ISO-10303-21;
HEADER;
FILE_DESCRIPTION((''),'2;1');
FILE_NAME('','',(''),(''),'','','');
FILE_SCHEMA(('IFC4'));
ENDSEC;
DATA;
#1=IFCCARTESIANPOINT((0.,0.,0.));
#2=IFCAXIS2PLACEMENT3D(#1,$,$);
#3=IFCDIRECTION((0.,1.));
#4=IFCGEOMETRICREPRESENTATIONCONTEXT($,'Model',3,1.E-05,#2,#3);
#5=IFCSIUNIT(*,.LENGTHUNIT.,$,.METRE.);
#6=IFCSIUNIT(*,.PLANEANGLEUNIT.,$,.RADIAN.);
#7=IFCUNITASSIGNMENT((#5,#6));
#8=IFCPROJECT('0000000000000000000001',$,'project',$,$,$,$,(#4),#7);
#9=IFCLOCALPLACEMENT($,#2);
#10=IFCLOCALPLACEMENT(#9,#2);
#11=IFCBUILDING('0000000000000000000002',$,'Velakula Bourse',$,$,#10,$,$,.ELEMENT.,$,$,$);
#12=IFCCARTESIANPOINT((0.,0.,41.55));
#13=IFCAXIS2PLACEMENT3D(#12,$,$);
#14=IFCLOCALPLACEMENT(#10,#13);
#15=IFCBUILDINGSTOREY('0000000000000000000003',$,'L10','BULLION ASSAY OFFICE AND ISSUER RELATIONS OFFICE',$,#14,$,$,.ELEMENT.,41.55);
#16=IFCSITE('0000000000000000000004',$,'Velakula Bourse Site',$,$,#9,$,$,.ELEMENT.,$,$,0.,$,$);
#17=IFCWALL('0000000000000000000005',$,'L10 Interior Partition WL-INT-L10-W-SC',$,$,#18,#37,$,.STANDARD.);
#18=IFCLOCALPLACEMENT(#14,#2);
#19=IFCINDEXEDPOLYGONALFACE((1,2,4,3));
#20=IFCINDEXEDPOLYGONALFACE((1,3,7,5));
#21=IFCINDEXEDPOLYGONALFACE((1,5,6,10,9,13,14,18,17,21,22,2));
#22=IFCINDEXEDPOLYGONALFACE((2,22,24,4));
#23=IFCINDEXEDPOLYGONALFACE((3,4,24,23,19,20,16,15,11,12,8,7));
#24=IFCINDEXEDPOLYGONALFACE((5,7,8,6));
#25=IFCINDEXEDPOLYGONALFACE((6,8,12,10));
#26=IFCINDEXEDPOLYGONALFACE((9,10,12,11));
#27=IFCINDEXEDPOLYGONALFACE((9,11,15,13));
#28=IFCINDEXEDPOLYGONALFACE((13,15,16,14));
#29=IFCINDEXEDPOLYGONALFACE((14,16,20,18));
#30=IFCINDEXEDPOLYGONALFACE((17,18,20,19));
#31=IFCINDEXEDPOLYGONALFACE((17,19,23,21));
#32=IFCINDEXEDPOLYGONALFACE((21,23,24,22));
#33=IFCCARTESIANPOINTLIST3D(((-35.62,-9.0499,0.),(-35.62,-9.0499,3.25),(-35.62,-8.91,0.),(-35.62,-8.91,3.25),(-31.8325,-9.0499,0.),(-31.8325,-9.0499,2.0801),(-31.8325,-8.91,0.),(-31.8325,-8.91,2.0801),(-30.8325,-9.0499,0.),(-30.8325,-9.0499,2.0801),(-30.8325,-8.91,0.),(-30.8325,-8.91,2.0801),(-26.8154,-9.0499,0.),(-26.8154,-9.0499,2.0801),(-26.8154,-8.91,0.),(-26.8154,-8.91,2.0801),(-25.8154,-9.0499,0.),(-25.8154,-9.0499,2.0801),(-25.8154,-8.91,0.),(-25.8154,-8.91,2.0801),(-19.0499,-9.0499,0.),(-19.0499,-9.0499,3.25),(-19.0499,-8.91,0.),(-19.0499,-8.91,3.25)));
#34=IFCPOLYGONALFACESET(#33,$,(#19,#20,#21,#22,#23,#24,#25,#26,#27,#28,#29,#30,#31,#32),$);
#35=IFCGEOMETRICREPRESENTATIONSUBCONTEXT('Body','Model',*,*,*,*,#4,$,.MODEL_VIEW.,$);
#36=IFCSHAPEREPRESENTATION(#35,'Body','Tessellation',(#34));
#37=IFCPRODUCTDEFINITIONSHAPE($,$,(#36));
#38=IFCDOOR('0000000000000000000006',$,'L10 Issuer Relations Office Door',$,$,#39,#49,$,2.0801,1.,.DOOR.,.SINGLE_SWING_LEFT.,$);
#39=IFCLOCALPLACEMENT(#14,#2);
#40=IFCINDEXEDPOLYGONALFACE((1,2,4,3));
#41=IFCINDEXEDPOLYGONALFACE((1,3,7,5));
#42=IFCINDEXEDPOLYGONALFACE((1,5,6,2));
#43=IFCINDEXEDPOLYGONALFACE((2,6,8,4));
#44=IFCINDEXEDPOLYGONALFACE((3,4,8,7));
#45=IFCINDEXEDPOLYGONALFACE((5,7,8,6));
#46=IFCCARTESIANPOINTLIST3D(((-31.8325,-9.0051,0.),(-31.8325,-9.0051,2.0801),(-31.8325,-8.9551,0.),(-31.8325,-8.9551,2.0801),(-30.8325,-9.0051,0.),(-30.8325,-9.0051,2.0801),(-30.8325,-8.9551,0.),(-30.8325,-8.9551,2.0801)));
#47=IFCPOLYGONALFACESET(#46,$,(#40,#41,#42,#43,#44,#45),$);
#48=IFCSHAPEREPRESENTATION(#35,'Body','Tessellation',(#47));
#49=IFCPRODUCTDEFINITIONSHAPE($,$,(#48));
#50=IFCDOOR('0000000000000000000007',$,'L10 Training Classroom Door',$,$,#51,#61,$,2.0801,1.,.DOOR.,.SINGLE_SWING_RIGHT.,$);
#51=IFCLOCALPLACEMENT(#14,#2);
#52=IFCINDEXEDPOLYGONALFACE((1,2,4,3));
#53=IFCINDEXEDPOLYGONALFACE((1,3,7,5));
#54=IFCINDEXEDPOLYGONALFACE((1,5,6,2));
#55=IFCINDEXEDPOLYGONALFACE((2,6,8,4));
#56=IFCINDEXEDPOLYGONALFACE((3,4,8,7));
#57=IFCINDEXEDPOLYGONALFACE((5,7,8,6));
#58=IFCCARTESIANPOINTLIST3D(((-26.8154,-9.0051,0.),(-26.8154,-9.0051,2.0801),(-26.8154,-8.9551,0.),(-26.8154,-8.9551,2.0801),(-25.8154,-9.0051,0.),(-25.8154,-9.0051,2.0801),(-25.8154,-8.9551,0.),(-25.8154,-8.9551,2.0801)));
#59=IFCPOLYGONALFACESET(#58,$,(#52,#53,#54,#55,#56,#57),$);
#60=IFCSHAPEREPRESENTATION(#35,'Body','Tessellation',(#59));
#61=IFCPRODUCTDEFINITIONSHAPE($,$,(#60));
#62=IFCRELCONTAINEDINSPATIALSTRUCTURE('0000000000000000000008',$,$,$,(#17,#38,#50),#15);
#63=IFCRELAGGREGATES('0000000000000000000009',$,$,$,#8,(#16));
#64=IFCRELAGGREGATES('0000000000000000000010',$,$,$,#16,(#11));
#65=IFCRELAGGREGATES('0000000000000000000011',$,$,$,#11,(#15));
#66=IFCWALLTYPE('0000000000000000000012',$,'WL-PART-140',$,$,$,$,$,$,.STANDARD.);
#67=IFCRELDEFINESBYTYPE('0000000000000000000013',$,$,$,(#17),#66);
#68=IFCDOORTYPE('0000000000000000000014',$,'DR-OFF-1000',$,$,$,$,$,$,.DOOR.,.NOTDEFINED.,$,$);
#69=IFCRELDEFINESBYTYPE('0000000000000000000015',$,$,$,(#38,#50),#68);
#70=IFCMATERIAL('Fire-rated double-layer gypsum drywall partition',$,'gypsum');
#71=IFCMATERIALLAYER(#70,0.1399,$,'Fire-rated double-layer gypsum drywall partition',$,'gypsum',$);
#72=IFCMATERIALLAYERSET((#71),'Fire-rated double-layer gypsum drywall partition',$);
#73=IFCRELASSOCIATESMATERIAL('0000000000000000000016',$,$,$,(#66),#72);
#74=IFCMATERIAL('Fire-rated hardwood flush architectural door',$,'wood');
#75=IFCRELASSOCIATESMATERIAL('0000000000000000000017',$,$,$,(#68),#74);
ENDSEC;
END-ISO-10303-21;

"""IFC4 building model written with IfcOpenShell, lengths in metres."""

from ifc_helpers import new_model, si_unit, direction, frame, frame_2d, origin, place, context, subcontext, project, spatial, rectangle, extrude, material, layer, layer_set, type_object, element, fill, save


model = new_model("IFC4")

# Units and contexts
model_context = context("Model", 3, precision=1e-05, world=origin(), true_north=direction((0.0, 1.0)))
body_context = subcontext(model_context, "Body", "Model", "MODEL_VIEW")
ifc_project = project(units=[si_unit("LENGTHUNIT", "METRE"), si_unit("PLANEANGLEUNIT", "RADIAN")], contexts=[model_context])

# Site, building, storey
site_placement = place(None, origin())
site = spatial("IfcSite", under=ifc_project, at=site_placement, Name="Velakula Bourse Site", CompositionType="ELEMENT", RefElevation=0.0)
building_placement = place(site_placement, origin())
building = spatial("IfcBuilding", under=site, at=building_placement, Name="Velakula Bourse", CompositionType="ELEMENT")
storey_placement = place(building_placement, frame((0.0, 0.0, 41.55)))
storey = spatial("IfcBuildingStorey", under=building, at=storey_placement, Name="L10", Description="BULLION ASSAY OFFICE AND ISSUER RELATIONS OFFICE", CompositionType="ELEMENT", Elevation=41.55)

# Shared definitions
ifc_material_1 = material(Name="Fire-rated double-layer gypsum drywall partition", Category="gypsum")

# Wall, openings, doors
ifc_layer_1 = layer(ifc_material_1, 0.1399, Name="Fire-rated double-layer gypsum drywall partition", Category="gypsum")
ifc_layer_set_1 = layer_set([ifc_layer_1], Name="Fire-rated double-layer gypsum drywall partition")
wall_type_1 = type_object("IfcWallType", Name="WL-PART-140", PredefinedType="STANDARD", material=ifc_layer_set_1)
ifc_material_2 = material(Name="Fire-rated hardwood flush architectural door", Category="wood")
door_type_1 = type_object("IfcDoorType", Name="DR-OFF-1000", OperationType="NOTDEFINED", PredefinedType="DOOR", material=ifc_material_2)
wall_1_placement = place(storey_placement, frame((-35.6201, -8.98, 0.0), z_axis=(0.0, 0.0, 1.0), x_axis=(1.0, 0.0, 0.0)))
wall_1 = element("IfcWall", 1, at=wall_1_placement, inside=storey, type_object=wall_type_1, Name="L10 Interior Partition WL-INT-L10-W-SC", PredefinedType="STANDARD", context=body_context, shape_type="SweptSolid", body=[
    extrude(rectangle(XDim=16.5701, YDim=0.1399, at=frame_2d((8.2852, 0.0))), origin(), (0.0, 0.0, 1.0), 3.25),
])
opening_1_placement = place(wall_1_placement, frame((3.7876, 0.0, 0.0)))
opening_1 = element("IfcOpeningElement", 2, at=opening_1_placement, cuts=wall_1, PredefinedType="OPENING", context=body_context, shape_type="SweptSolid", body=[
    extrude(rectangle(XDim=1.0, YDim=2.0801, at=frame_2d((0.5, 1.04))), frame((0.0, 0.0798, 0.0), z_axis=(0.0, -1.0, 0.0), x_axis=(1.0, 0.0, 0.0)), (0.0, 0.0, 1.0), 0.1599),
])
opening_2_placement = place(wall_1_placement, frame((8.8047, 0.0, 0.0)))
opening_2 = element("IfcOpeningElement", 3, at=opening_2_placement, cuts=wall_1, PredefinedType="OPENING", context=body_context, shape_type="SweptSolid", body=[
    extrude(rectangle(XDim=1.0, YDim=2.0801, at=frame_2d((0.5, 1.04))), frame((0.0, 0.0798, 0.0), z_axis=(0.0, -1.0, 0.0), x_axis=(1.0, 0.0, 0.0)), (0.0, 0.0, 1.0), 0.1599),
])
door_1_placement = place(opening_1_placement, origin())
door_1 = element("IfcDoor", 4, at=door_1_placement, inside=storey, type_object=door_type_1, Name="L10 Issuer Relations Office Door", OperationType="SINGLE_SWING_LEFT", OverallHeight=2.0801, OverallWidth=1.0, PredefinedType="DOOR", context=body_context, shape_type="SweptSolid", body=[
    extrude(rectangle(XDim=1.0, YDim=2.0801, at=frame_2d((0.5, 1.04))), frame((0.0, 0.0249, 0.0), z_axis=(0.0, -1.0, 0.0), x_axis=(1.0, 0.0, 0.0)), (0.0, 0.0, 1.0), 0.05),
])
fill(opening_1, door_1)
door_2_placement = place(opening_2_placement, origin())
door_2 = element("IfcDoor", 5, at=door_2_placement, inside=storey, type_object=door_type_1, Name="L10 Training Classroom Door", OperationType="SINGLE_SWING_RIGHT", OverallHeight=2.0801, OverallWidth=1.0, PredefinedType="DOOR", context=body_context, shape_type="SweptSolid", body=[
    extrude(rectangle(XDim=1.0, YDim=2.0801, at=frame_2d((0.5, 1.04))), frame((0.0, 0.0249, 0.0), z_axis=(0.0, -1.0, 0.0), x_axis=(1.0, 0.0, 0.0)), (0.0, 0.0, 1.0), 0.05),
])
fill(opening_2, door_2)

save(model, "model.ifc")
